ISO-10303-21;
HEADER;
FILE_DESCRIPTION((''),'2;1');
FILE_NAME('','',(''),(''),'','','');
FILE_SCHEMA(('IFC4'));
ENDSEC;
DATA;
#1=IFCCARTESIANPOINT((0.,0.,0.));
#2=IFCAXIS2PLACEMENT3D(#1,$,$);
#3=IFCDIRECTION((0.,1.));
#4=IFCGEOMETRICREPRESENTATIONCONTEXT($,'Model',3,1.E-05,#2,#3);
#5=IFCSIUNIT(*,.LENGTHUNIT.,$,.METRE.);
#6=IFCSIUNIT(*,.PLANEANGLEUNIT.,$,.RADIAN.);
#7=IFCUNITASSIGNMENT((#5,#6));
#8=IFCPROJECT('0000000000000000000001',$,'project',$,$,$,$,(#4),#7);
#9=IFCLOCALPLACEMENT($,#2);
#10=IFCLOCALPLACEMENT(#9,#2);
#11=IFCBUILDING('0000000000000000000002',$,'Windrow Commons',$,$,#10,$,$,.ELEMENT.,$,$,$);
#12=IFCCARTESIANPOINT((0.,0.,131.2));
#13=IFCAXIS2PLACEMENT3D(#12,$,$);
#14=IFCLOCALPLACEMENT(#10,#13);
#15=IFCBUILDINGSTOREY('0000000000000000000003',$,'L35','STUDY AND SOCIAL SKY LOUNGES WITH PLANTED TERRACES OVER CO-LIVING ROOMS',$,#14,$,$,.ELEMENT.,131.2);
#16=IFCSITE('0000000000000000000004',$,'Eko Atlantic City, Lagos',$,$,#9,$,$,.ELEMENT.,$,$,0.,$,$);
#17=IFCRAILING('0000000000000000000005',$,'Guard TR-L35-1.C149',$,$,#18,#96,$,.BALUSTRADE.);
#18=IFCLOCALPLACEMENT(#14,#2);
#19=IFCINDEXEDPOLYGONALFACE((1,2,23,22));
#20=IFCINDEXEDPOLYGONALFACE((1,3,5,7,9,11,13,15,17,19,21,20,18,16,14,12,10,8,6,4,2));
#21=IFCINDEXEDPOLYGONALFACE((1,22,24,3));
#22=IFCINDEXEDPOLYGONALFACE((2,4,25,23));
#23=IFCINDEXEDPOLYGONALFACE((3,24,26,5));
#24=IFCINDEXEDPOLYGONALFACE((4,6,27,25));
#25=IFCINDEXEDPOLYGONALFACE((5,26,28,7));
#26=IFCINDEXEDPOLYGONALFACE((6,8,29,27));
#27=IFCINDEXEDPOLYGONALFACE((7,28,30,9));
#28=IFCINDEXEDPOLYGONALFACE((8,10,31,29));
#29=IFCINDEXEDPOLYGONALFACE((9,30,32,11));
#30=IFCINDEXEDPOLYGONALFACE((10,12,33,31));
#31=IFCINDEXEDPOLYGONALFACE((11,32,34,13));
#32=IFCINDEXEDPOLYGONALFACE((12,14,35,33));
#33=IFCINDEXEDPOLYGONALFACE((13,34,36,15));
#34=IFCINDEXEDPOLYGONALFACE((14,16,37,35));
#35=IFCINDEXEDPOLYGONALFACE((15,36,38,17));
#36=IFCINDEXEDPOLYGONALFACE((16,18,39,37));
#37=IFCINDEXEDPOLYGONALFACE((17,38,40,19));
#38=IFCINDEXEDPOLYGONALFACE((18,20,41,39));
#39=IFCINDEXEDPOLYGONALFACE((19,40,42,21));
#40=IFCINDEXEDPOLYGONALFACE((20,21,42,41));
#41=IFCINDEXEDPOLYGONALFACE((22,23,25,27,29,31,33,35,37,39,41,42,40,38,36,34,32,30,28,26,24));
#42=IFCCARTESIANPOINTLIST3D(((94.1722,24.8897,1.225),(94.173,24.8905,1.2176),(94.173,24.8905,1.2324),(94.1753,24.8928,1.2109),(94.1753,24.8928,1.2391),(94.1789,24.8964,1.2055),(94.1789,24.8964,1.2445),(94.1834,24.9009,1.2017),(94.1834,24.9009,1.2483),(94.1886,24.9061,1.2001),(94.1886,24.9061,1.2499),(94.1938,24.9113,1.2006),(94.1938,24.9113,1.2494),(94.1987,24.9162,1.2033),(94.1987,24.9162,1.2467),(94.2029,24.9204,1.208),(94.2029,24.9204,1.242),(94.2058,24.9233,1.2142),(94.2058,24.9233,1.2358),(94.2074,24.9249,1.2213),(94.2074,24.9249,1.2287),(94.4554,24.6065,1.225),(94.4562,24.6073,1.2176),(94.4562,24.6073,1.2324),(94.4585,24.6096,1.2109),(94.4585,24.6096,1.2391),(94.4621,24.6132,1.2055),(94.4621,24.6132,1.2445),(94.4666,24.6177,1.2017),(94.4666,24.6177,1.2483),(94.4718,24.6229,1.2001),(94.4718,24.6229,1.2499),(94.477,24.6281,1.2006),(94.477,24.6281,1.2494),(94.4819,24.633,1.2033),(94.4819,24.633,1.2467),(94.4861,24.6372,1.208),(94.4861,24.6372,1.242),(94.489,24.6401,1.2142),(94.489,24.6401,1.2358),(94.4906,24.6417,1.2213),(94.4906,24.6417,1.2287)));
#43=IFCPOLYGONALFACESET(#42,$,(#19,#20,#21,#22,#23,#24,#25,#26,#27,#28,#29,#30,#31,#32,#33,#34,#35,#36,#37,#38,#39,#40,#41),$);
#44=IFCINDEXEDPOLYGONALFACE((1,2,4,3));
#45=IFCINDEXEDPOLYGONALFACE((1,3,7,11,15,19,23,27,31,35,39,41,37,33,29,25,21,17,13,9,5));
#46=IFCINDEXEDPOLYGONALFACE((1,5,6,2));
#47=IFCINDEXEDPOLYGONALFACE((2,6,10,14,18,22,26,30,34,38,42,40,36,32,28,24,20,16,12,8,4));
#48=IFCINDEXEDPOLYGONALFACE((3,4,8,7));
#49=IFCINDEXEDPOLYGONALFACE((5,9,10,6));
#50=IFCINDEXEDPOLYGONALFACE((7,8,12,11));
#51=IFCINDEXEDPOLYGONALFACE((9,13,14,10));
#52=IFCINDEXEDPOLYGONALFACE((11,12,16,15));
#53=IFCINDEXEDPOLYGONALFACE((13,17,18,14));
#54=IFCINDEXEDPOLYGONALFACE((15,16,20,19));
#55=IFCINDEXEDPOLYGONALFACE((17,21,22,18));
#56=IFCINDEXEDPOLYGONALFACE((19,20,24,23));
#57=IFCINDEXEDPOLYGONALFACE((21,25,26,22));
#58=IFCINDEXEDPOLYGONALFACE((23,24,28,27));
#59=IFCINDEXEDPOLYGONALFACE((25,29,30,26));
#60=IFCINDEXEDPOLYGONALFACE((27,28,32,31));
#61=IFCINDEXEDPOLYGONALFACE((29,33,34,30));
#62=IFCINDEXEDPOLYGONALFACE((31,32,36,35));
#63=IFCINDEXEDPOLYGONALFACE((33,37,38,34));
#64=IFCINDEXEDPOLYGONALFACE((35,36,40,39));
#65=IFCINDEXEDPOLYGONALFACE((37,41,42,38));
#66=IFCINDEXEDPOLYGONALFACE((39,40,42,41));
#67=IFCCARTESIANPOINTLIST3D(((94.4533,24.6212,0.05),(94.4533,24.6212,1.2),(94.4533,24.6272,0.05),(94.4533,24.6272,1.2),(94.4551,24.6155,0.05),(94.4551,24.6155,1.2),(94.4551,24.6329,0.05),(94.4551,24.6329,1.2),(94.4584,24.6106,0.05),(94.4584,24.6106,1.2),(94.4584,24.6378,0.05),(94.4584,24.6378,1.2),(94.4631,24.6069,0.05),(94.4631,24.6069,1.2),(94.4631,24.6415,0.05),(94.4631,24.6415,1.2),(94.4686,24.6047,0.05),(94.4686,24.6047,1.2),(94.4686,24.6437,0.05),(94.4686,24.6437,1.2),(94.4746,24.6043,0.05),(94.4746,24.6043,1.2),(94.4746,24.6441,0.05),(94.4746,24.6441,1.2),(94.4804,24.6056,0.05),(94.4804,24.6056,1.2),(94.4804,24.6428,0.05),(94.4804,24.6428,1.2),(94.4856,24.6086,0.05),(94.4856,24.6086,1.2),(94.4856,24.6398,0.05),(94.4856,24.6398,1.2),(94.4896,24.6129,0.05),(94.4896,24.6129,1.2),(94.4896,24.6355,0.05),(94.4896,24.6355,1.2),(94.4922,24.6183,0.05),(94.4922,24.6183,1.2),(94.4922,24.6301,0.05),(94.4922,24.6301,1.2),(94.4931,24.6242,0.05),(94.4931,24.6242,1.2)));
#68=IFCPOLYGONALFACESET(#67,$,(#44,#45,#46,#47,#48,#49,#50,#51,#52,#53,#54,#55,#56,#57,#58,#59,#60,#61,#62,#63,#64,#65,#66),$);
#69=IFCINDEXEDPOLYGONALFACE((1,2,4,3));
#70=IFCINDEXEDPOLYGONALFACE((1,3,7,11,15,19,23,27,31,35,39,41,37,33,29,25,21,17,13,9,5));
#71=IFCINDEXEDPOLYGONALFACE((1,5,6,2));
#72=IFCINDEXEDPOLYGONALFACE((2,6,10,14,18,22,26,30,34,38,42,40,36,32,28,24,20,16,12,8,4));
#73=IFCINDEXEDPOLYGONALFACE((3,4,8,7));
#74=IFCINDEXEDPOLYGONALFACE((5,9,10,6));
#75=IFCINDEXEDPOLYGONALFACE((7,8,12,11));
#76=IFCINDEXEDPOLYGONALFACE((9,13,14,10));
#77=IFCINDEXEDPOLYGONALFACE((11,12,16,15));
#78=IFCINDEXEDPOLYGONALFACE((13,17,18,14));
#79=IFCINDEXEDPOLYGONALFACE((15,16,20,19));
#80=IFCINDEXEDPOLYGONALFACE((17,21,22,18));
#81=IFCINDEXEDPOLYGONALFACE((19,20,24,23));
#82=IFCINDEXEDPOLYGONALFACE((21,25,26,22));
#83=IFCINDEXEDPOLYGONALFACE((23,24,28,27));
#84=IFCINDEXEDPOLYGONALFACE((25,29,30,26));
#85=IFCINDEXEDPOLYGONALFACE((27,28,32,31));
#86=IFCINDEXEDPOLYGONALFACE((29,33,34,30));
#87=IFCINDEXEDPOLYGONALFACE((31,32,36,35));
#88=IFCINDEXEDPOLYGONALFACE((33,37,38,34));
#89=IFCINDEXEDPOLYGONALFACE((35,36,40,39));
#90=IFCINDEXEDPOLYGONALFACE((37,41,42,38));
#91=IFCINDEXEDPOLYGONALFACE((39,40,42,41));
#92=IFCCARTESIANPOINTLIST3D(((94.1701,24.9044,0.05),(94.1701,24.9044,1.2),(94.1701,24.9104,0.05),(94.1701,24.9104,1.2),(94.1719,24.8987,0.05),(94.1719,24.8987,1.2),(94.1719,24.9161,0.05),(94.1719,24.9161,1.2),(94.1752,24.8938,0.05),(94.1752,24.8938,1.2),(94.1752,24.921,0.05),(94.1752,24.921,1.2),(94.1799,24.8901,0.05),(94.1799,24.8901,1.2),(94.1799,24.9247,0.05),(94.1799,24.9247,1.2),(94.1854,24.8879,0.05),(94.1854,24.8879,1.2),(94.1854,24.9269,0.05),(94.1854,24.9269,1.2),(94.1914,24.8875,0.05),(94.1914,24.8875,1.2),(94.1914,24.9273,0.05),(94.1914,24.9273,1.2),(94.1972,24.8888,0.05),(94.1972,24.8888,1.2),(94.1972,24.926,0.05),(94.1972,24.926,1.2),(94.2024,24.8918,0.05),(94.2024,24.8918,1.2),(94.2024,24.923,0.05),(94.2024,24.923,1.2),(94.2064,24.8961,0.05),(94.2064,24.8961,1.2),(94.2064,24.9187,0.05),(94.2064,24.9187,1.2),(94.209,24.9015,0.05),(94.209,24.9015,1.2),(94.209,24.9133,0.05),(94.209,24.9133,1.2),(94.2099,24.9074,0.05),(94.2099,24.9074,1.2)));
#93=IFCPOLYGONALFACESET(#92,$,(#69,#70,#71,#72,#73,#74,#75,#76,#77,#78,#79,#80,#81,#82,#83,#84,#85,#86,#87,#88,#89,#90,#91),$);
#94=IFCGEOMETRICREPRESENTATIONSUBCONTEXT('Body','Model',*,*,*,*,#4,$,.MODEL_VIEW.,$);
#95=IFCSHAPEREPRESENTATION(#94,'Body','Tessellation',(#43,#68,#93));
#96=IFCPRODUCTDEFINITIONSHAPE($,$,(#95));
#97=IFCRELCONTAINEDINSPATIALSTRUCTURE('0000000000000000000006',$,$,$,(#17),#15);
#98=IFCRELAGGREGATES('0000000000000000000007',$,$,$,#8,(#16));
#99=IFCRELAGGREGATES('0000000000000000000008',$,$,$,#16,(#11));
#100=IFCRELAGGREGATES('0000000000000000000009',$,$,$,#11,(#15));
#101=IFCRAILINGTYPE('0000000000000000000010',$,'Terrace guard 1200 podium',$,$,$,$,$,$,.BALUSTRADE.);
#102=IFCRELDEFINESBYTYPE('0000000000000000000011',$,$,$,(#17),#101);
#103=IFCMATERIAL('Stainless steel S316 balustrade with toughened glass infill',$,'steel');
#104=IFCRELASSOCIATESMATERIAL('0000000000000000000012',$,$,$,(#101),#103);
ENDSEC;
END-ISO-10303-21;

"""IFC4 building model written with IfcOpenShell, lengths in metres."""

from ifc_helpers import new_model, si_unit, direction, frame, origin, origin_2d, place, context, subcontext, project, spatial, circle, extrude, material, type_object, element, save


model = new_model("IFC4")

# Units and contexts
model_context = context("Model", 3, precision=1e-05, world=origin(), true_north=direction((0.0, 1.0)))
body_context = subcontext(model_context, "Body", "Model", "MODEL_VIEW")
ifc_project = project(units=[si_unit("LENGTHUNIT", "METRE"), si_unit("PLANEANGLEUNIT", "RADIAN")], contexts=[model_context])

# Site, building, storey
site_placement = place(None, origin())
site = spatial("IfcSite", under=ifc_project, at=site_placement, Name="Eko Atlantic City, Lagos", CompositionType="ELEMENT", RefElevation=0.0)
building_placement = place(site_placement, origin())
building = spatial("IfcBuilding", under=site, at=building_placement, Name="Windrow Commons", CompositionType="ELEMENT")
storey_placement = place(building_placement, frame((0.0, 0.0, 131.2)))
storey = spatial("IfcBuildingStorey", under=building, at=storey_placement, Name="L35", Description="STUDY AND SOCIAL SKY LOUNGES WITH PLANTED TERRACES OVER CO-LIVING ROOMS", CompositionType="ELEMENT", Elevation=131.2)

# Railing
ifc_material_1 = material(Name="Stainless steel S316 balustrade with toughened glass infill", Category="steel")
railing_type = type_object("IfcRailingType", Name="Terrace guard 1200 podium", PredefinedType="BALUSTRADE", material=ifc_material_1)
railing_1_placement = place(storey_placement, frame((94.4731, 24.6242, 0.05)))
element("IfcRailing", 1, at=railing_1_placement, inside=storey, type_object=railing_type, Name="Guard TR-L35-1.C149", PredefinedType="BALUSTRADE", context=body_context, shape_type="SweptSolid", body=[
    extrude(circle(Radius=0.025, at=origin_2d()), frame((0.0, 0.0, 1.175), z_axis=(-0.707107, 0.707107, 0.0), x_axis=(-0.707107, -0.707107, 0.0)), (0.0, 0.0, 1.0), 0.4005),
    extrude(circle(Radius=0.02, at=origin_2d()), origin(), (0.0, 0.0, 1.0), 1.15),
    extrude(circle(Radius=0.02, at=origin_2d()), frame((-0.2832, 0.2832, 0.0)), (0.0, 0.0, 1.0), 1.15),
])

save(model, "model.ifc")
